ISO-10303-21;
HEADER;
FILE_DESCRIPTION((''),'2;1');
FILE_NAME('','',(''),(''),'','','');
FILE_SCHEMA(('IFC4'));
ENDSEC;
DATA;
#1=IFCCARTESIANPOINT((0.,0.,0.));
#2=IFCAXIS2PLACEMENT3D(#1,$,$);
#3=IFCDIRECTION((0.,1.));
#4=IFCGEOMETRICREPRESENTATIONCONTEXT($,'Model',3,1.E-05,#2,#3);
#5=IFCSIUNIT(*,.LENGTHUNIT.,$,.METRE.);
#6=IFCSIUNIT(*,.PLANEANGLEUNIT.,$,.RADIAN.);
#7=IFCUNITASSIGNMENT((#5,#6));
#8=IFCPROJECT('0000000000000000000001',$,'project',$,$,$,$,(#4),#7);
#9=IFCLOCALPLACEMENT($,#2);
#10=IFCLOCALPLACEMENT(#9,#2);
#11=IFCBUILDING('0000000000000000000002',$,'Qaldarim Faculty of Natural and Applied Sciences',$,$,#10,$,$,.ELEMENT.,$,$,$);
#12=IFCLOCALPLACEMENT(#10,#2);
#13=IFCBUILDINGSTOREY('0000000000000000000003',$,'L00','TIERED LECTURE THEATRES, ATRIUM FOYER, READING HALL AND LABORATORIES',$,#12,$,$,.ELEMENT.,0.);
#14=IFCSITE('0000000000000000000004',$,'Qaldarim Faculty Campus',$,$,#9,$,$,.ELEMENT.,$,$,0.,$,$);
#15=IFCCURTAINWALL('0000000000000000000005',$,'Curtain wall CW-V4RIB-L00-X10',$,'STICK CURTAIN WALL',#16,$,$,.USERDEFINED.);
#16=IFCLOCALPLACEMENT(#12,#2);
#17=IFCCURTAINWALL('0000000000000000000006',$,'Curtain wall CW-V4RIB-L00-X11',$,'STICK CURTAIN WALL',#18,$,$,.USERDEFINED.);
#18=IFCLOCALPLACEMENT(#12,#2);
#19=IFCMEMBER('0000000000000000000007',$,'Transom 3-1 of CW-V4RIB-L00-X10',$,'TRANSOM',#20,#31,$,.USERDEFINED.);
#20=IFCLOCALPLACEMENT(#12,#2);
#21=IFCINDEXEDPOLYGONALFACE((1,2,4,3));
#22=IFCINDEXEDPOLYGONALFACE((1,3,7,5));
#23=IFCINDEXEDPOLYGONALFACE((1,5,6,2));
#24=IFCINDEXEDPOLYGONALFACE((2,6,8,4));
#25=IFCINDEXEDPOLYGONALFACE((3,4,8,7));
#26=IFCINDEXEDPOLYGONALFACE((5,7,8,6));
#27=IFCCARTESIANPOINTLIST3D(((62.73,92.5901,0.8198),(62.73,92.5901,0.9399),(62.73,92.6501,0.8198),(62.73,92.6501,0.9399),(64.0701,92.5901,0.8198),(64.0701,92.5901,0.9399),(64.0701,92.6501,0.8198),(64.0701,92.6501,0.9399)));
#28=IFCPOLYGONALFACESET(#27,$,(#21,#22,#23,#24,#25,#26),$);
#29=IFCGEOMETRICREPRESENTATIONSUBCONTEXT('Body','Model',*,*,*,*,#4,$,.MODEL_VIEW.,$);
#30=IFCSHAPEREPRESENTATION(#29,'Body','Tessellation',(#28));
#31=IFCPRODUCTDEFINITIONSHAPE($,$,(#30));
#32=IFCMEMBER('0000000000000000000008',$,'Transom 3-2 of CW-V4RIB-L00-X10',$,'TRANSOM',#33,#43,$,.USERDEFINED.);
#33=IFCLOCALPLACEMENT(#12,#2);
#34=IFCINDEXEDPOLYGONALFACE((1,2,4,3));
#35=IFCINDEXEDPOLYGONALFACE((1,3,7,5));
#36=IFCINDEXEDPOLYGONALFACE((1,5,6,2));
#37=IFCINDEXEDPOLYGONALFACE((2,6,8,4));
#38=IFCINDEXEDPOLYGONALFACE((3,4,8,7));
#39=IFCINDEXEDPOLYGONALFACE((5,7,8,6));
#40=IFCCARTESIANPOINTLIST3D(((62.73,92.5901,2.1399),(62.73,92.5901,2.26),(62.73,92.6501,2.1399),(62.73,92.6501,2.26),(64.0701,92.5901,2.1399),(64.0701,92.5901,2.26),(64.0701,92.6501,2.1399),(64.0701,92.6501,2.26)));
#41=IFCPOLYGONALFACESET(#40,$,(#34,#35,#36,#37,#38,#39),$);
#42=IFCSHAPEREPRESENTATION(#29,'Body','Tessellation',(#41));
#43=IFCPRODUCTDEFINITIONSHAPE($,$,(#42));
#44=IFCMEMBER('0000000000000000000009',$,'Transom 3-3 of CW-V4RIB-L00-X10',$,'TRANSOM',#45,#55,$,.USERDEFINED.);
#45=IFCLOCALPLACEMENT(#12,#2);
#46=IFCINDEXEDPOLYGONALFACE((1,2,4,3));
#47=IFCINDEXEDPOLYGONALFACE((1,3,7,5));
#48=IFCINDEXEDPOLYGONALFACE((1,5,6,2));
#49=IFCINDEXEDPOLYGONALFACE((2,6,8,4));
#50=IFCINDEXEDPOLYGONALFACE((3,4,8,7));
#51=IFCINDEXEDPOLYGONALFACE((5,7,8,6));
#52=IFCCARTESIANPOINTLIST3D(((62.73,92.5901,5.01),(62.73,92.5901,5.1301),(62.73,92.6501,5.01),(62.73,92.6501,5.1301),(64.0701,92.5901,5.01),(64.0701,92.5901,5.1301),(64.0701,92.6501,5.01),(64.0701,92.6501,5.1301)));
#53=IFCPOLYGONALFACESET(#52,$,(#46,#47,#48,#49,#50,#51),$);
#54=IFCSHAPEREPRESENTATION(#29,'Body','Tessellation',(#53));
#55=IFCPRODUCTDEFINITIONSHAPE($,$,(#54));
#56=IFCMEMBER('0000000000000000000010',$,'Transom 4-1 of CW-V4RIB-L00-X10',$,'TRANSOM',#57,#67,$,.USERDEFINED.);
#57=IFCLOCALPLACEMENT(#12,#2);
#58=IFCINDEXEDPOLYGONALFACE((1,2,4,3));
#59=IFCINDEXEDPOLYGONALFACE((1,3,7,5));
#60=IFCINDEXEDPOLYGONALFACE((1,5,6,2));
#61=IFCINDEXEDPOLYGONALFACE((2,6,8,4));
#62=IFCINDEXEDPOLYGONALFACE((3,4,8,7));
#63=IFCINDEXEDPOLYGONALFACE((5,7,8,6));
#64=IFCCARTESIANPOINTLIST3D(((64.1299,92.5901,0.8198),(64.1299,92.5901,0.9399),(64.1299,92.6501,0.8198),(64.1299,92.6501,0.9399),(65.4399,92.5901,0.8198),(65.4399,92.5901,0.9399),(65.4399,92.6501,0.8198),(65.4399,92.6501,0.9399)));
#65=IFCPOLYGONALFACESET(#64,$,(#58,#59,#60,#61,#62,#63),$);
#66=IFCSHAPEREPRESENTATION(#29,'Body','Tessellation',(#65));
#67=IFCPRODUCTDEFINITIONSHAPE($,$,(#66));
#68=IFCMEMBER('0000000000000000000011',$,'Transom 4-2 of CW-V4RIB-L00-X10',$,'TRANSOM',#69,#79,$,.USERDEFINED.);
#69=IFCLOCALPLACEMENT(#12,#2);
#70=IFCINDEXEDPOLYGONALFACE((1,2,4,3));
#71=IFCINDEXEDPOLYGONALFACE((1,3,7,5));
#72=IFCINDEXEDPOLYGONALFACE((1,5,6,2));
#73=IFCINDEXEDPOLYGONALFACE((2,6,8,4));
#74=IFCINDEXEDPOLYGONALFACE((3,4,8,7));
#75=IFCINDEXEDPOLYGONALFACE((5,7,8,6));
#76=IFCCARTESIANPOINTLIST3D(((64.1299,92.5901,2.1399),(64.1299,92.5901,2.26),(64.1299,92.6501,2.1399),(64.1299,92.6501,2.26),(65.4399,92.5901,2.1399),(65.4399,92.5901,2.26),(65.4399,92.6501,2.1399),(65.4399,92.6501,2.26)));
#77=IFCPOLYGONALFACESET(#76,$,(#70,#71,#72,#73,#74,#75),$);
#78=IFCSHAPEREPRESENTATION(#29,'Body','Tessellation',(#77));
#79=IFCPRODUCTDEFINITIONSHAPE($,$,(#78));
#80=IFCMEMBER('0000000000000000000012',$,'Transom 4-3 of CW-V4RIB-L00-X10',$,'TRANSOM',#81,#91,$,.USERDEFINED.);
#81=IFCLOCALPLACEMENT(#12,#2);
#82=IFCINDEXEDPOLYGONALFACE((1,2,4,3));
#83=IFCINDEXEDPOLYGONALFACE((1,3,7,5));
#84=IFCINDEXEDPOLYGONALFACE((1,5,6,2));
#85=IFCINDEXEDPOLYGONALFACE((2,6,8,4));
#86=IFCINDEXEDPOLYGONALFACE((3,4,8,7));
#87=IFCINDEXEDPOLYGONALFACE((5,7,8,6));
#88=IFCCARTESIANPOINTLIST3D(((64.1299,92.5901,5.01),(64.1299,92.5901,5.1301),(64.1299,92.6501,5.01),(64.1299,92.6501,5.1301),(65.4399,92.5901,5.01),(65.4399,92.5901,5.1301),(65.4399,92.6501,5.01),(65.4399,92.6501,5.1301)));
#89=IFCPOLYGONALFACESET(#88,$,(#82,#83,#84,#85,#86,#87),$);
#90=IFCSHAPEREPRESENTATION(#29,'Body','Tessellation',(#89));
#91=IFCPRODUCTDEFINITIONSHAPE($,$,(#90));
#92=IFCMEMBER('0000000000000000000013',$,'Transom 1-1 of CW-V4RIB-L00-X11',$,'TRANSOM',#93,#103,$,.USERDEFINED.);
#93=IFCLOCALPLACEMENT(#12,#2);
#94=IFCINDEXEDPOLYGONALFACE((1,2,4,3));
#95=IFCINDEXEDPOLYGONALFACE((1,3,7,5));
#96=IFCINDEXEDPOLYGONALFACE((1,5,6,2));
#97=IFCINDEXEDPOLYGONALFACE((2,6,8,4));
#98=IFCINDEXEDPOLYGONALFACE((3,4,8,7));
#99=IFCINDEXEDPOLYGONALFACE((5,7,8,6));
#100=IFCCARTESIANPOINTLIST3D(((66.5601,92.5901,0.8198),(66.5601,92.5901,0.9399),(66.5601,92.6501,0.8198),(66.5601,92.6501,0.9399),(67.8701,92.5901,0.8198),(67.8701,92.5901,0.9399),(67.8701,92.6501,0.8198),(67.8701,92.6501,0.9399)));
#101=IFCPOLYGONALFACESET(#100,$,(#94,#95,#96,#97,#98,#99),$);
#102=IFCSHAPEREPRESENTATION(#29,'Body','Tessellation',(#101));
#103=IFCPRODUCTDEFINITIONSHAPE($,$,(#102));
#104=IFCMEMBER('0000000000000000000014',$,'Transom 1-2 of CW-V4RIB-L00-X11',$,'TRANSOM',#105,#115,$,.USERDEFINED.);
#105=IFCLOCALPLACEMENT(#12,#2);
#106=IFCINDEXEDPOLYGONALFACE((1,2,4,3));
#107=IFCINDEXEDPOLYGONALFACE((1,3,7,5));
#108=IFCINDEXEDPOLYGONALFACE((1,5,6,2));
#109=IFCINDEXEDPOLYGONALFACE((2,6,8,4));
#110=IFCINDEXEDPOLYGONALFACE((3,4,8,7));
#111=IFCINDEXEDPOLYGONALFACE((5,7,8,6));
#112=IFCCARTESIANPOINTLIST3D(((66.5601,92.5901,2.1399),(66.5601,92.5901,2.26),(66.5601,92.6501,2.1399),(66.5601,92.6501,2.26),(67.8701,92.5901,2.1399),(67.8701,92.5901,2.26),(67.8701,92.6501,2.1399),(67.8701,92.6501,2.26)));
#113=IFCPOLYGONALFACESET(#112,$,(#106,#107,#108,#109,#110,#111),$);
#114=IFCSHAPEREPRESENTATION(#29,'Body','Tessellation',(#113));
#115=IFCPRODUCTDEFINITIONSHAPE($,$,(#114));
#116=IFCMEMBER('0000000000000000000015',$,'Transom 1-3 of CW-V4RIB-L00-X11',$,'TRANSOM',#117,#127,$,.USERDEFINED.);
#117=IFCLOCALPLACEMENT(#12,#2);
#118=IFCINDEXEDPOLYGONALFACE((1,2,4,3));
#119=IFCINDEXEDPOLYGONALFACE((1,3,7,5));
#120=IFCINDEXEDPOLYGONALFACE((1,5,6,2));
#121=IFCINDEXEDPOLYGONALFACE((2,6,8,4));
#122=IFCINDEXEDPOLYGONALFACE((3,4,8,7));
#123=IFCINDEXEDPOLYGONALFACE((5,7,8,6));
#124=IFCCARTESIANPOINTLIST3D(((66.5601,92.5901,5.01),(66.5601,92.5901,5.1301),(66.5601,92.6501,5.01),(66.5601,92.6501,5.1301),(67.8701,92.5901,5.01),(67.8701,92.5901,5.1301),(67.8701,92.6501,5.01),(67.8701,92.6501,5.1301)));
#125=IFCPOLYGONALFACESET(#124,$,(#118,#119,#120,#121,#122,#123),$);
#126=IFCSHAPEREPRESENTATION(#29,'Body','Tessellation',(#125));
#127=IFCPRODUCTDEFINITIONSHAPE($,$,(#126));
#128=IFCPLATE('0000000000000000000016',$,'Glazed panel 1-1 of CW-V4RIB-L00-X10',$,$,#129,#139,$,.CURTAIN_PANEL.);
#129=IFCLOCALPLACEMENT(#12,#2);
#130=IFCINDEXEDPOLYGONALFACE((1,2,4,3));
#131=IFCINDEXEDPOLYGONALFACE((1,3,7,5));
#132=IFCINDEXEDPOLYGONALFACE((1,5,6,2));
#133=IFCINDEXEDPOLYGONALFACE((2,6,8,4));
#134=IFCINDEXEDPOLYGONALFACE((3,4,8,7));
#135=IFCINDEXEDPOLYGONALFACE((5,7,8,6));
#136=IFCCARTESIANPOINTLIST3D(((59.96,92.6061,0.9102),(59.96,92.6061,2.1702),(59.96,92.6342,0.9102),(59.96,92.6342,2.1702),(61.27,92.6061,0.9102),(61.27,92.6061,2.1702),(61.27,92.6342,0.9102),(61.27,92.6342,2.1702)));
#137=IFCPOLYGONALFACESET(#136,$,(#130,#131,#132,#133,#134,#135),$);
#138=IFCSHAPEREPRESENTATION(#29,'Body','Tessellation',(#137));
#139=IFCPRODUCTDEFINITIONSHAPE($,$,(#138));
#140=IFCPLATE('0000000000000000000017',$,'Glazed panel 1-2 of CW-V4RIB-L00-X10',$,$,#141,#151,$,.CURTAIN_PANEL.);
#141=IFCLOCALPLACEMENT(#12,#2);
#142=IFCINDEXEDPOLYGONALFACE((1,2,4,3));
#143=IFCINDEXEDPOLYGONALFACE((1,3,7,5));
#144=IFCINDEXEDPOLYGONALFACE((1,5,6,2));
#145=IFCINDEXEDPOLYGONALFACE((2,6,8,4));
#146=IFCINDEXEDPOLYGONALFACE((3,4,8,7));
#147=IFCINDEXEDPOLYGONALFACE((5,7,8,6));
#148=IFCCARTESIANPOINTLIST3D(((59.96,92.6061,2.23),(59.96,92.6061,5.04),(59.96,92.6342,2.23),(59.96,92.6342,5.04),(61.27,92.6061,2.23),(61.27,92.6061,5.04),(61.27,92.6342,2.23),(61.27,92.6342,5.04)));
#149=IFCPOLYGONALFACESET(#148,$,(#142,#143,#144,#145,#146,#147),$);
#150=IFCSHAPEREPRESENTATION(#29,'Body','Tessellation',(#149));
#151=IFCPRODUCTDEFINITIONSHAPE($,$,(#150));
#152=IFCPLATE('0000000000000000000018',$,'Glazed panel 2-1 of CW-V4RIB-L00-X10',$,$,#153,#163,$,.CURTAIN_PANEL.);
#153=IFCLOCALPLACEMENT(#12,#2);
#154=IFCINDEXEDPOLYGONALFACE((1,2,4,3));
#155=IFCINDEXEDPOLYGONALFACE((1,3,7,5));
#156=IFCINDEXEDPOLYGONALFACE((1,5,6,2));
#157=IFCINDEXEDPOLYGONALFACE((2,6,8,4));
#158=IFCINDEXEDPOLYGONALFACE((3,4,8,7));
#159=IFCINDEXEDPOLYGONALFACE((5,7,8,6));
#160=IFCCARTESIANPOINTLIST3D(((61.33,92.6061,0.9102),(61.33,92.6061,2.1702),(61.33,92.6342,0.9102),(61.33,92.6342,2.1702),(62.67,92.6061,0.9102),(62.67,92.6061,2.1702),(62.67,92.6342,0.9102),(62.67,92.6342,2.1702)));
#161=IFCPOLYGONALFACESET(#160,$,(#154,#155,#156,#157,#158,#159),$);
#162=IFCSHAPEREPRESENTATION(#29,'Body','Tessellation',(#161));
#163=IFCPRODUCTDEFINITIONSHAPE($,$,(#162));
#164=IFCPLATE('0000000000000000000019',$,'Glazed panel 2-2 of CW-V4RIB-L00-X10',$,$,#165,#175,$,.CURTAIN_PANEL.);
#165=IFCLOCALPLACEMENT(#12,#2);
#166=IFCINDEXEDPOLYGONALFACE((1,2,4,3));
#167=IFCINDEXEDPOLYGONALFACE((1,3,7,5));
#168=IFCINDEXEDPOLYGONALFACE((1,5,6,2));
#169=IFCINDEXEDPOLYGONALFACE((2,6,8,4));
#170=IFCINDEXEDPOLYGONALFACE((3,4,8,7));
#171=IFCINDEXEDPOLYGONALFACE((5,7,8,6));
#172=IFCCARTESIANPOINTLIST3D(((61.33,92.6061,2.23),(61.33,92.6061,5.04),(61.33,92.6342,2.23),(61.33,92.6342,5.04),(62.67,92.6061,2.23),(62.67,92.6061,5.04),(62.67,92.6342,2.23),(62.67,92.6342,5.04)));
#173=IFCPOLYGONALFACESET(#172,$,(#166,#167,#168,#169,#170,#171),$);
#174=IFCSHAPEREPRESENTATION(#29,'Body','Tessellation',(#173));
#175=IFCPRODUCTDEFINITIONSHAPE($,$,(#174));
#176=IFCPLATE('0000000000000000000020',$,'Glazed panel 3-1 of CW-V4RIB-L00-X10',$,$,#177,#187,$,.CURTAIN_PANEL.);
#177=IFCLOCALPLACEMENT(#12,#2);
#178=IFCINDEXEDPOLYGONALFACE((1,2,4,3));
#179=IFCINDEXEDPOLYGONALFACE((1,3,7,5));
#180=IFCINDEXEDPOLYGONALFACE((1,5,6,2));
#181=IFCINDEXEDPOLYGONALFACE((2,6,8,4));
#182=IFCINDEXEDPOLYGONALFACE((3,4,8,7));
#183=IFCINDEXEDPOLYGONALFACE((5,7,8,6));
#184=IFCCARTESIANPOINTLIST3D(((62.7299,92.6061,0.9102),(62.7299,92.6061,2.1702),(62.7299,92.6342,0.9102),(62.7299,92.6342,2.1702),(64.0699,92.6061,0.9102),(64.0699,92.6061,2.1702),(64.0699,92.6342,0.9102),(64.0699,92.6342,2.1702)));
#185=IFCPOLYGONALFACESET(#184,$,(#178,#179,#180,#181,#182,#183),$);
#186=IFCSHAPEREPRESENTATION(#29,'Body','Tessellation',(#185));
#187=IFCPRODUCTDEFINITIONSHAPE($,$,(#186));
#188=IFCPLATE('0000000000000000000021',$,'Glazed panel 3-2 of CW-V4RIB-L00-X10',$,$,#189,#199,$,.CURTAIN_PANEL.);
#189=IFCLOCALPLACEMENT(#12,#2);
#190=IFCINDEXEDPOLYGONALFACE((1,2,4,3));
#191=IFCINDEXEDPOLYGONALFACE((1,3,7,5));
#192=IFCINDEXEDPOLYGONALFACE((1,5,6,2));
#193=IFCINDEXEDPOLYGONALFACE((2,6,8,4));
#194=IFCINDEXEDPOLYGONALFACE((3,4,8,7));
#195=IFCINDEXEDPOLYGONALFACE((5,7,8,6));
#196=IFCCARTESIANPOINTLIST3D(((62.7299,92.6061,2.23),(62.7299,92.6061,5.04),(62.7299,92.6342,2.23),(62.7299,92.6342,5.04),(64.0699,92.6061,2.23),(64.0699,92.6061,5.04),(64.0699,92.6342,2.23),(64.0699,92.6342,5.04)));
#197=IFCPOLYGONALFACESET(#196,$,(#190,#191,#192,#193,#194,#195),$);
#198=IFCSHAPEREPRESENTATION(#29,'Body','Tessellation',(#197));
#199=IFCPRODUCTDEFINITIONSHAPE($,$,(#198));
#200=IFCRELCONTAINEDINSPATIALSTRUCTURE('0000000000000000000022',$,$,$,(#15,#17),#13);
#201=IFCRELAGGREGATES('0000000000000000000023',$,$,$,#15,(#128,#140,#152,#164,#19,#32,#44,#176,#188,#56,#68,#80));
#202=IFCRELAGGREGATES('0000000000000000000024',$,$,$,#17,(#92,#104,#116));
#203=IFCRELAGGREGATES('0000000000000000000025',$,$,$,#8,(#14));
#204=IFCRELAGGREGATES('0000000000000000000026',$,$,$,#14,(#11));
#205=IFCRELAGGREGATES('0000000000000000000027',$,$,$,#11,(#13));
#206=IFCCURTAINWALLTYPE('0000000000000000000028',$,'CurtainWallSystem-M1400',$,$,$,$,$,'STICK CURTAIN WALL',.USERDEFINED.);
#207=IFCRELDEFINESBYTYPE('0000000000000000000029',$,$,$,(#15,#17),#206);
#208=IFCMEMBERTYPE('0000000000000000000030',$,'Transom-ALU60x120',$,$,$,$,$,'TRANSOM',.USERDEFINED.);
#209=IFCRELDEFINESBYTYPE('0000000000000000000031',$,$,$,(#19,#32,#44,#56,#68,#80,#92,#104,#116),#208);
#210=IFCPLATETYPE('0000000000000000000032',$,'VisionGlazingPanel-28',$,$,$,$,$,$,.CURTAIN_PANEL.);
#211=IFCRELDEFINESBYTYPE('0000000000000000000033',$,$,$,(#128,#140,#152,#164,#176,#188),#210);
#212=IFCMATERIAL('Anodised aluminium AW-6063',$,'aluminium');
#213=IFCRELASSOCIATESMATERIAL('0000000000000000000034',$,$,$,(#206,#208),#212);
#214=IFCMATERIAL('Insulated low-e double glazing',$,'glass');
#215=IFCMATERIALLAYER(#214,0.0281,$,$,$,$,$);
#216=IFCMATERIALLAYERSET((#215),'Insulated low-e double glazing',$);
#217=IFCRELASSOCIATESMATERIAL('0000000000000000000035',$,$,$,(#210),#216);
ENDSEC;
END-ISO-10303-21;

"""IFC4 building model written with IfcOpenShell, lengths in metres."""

from ifc_helpers import new_model, si_unit, direction, frame, origin, origin_2d, place, context, subcontext, project, spatial, rectangle, extrude, material, layer, layer_set, material_profile, profile_set, type_object, element, aggregate, save


model = new_model("IFC4")

# Units and contexts
model_context = context("Model", 3, precision=1e-05, world=origin(), true_north=direction((0.0, 1.0)))
body_context = subcontext(model_context, "Body", "Model", "MODEL_VIEW")
ifc_project = project(units=[si_unit("LENGTHUNIT", "METRE"), si_unit("PLANEANGLEUNIT", "RADIAN")], contexts=[model_context])

# Site, building, storey
site_placement = place(None, origin())
site = spatial("IfcSite", under=ifc_project, at=site_placement, Name="Qaldarim Faculty Campus", CompositionType="ELEMENT", RefElevation=0.0)
building_placement = place(site_placement, origin())
building = spatial("IfcBuilding", under=site, at=building_placement, Name="Qaldarim Faculty of Natural and Applied Sciences", CompositionType="ELEMENT")
storey_placement = place(building_placement, origin())
storey = spatial("IfcBuildingStorey", under=building, at=storey_placement, Name="L00", Description="TIERED LECTURE THEATRES, ATRIUM FOYER, READING HALL AND LABORATORIES", CompositionType="ELEMENT", Elevation=0.0)

# Curtain wall
ifc_material_1 = material(Name="Anodised aluminium AW-6063", Category="aluminium")
curtain_wall_type = type_object("IfcCurtainWallType", Name="CurtainWallSystem-M1400", ElementType="STICK CURTAIN WALL", PredefinedType="USERDEFINED", material=ifc_material_1)
curtain_wall_1_placement = place(storey_placement, origin())
curtain_wall_1 = element("IfcCurtainWall", 1, at=curtain_wall_1_placement, inside=storey, type_object=curtain_wall_type, Name="Curtain wall CW-V4RIB-L00-X10", ObjectType="STICK CURTAIN WALL", PredefinedType="USERDEFINED")

# Curtain wall
curtain_wall_2_placement = place(storey_placement, origin())
curtain_wall_2 = element("IfcCurtainWall", 2, at=curtain_wall_2_placement, inside=storey, type_object=curtain_wall_type, Name="Curtain wall CW-V4RIB-L00-X11", ObjectType="STICK CURTAIN WALL", PredefinedType="USERDEFINED")

# Members
ifc_material_profile_1 = material_profile(ifc_material_1, rectangle(XDim=0.0601, YDim=0.1201, at=origin_2d()), Name="ALU-T60x120")
ifc_profile_set_1 = profile_set([ifc_material_profile_1], Name="Anodised aluminium AW-6063")
member_type_1 = type_object("IfcMemberType", Name="Transom-ALU60x120", ElementType="TRANSOM", PredefinedType="USERDEFINED", material=ifc_profile_set_1)
member_1_placement = place(storey_placement, frame((62.73, 92.6201, 0.8799), z_axis=(1.0, 0.0, 0.0), x_axis=(0.0, 1.0, 0.0)))
member_1 = element("IfcMember", 3, at=member_1_placement, type_object=member_type_1, Name="Transom 3-1 of CW-V4RIB-L00-X10", ObjectType="TRANSOM", PredefinedType="USERDEFINED", context=body_context, shape_type="SweptSolid", body=[
    extrude(rectangle(XDim=0.0601, YDim=0.1201, at=origin_2d()), origin(), (0.0, 0.0, 1.0), 1.3401),
])
member_2_placement = place(storey_placement, frame((62.73, 92.6201, 2.2), z_axis=(1.0, 0.0, 0.0), x_axis=(0.0, 1.0, 0.0)))
member_2 = element("IfcMember", 4, at=member_2_placement, type_object=member_type_1, Name="Transom 3-2 of CW-V4RIB-L00-X10", ObjectType="TRANSOM", PredefinedType="USERDEFINED", context=body_context, shape_type="SweptSolid", body=[
    extrude(rectangle(XDim=0.0601, YDim=0.1201, at=origin_2d()), origin(), (0.0, 0.0, 1.0), 1.3401),
])
member_3_placement = place(storey_placement, frame((62.73, 92.6201, 5.0701), z_axis=(1.0, 0.0, 0.0), x_axis=(0.0, 1.0, 0.0)))
member_3 = element("IfcMember", 5, at=member_3_placement, type_object=member_type_1, Name="Transom 3-3 of CW-V4RIB-L00-X10", ObjectType="TRANSOM", PredefinedType="USERDEFINED", context=body_context, shape_type="SweptSolid", body=[
    extrude(rectangle(XDim=0.0601, YDim=0.1201, at=origin_2d()), origin(), (0.0, 0.0, 1.0), 1.3401),
])
member_4_placement = place(storey_placement, frame((64.1299, 92.6201, 0.8799), z_axis=(1.0, 0.0, 0.0), x_axis=(0.0, 1.0, 0.0)))
member_4 = element("IfcMember", 6, at=member_4_placement, type_object=member_type_1, Name="Transom 4-1 of CW-V4RIB-L00-X10", ObjectType="TRANSOM", PredefinedType="USERDEFINED", context=body_context, shape_type="SweptSolid", body=[
    extrude(rectangle(XDim=0.0601, YDim=0.1201, at=origin_2d()), origin(), (0.0, 0.0, 1.0), 1.3101),
])
member_5_placement = place(storey_placement, frame((64.1299, 92.6201, 2.2), z_axis=(1.0, 0.0, 0.0), x_axis=(0.0, 1.0, 0.0)))
member_5 = element("IfcMember", 7, at=member_5_placement, type_object=member_type_1, Name="Transom 4-2 of CW-V4RIB-L00-X10", ObjectType="TRANSOM", PredefinedType="USERDEFINED", context=body_context, shape_type="SweptSolid", body=[
    extrude(rectangle(XDim=0.0601, YDim=0.1201, at=origin_2d()), origin(), (0.0, 0.0, 1.0), 1.3101),
])
member_6_placement = place(storey_placement, frame((64.1299, 92.6201, 5.0701), z_axis=(1.0, 0.0, 0.0), x_axis=(0.0, 1.0, 0.0)))
member_6 = element("IfcMember", 8, at=member_6_placement, type_object=member_type_1, Name="Transom 4-3 of CW-V4RIB-L00-X10", ObjectType="TRANSOM", PredefinedType="USERDEFINED", context=body_context, shape_type="SweptSolid", body=[
    extrude(rectangle(XDim=0.0601, YDim=0.1201, at=origin_2d()), origin(), (0.0, 0.0, 1.0), 1.3101),
])
member_7_placement = place(storey_placement, frame((66.5601, 92.6201, 0.8799), z_axis=(1.0, 0.0, 0.0), x_axis=(0.0, 1.0, 0.0)))
member_7 = element("IfcMember", 9, at=member_7_placement, type_object=member_type_1, Name="Transom 1-1 of CW-V4RIB-L00-X11", ObjectType="TRANSOM", PredefinedType="USERDEFINED", context=body_context, shape_type="SweptSolid", body=[
    extrude(rectangle(XDim=0.0601, YDim=0.1201, at=origin_2d()), origin(), (0.0, 0.0, 1.0), 1.3101),
])
member_8_placement = place(storey_placement, frame((66.5601, 92.6201, 2.2), z_axis=(1.0, 0.0, 0.0), x_axis=(0.0, 1.0, 0.0)))
member_8 = element("IfcMember", 10, at=member_8_placement, type_object=member_type_1, Name="Transom 1-2 of CW-V4RIB-L00-X11", ObjectType="TRANSOM", PredefinedType="USERDEFINED", context=body_context, shape_type="SweptSolid", body=[
    extrude(rectangle(XDim=0.0601, YDim=0.1201, at=origin_2d()), origin(), (0.0, 0.0, 1.0), 1.3101),
])
member_9_placement = place(storey_placement, frame((66.5601, 92.6201, 5.0701), z_axis=(1.0, 0.0, 0.0), x_axis=(0.0, 1.0, 0.0)))
member_9 = element("IfcMember", 11, at=member_9_placement, type_object=member_type_1, Name="Transom 1-3 of CW-V4RIB-L00-X11", ObjectType="TRANSOM", PredefinedType="USERDEFINED", context=body_context, shape_type="SweptSolid", body=[
    extrude(rectangle(XDim=0.0601, YDim=0.1201, at=origin_2d()), origin(), (0.0, 0.0, 1.0), 1.3101),
])

# Plates
ifc_material_2 = material(Name="Insulated low-e double glazing", Category="glass")
ifc_layer_1 = layer(ifc_material_2, 0.0281)
ifc_layer_set_1 = layer_set([ifc_layer_1], Name="Insulated low-e double glazing")
plate_type = type_object("IfcPlateType", Name="VisionGlazingPanel-28", PredefinedType="CURTAIN_PANEL", material=ifc_layer_set_1)
plate_1_placement = place(storey_placement, frame((60.615, 92.6201, 0.9102), z_axis=(0.0, 0.0, 1.0), x_axis=(1.0, 0.0, 0.0)))
plate_1 = element("IfcPlate", 12, at=plate_1_placement, type_object=plate_type, Name="Glazed panel 1-1 of CW-V4RIB-L00-X10", PredefinedType="CURTAIN_PANEL", context=body_context, shape_type="SweptSolid", body=[
    extrude(rectangle(XDim=1.3101, YDim=0.0281, at=origin_2d()), origin(), (0.0, 0.0, 1.0), 1.26),
])
plate_2_placement = place(storey_placement, frame((60.615, 92.6201, 2.23), z_axis=(0.0, 0.0, 1.0), x_axis=(1.0, 0.0, 0.0)))
plate_2 = element("IfcPlate", 13, at=plate_2_placement, type_object=plate_type, Name="Glazed panel 1-2 of CW-V4RIB-L00-X10", PredefinedType="CURTAIN_PANEL", context=body_context, shape_type="SweptSolid", body=[
    extrude(rectangle(XDim=1.3101, YDim=0.0281, at=origin_2d()), origin(), (0.0, 0.0, 1.0), 2.8101),
])
plate_3_placement = place(storey_placement, frame((62.0, 92.6201, 0.9102), z_axis=(0.0, 0.0, 1.0), x_axis=(1.0, 0.0, 0.0)))
plate_3 = element("IfcPlate", 14, at=plate_3_placement, type_object=plate_type, Name="Glazed panel 2-1 of CW-V4RIB-L00-X10", PredefinedType="CURTAIN_PANEL", context=body_context, shape_type="SweptSolid", body=[
    extrude(rectangle(XDim=1.3401, YDim=0.0281, at=origin_2d()), origin(), (0.0, 0.0, 1.0), 1.26),
])
plate_4_placement = place(storey_placement, frame((62.0, 92.6201, 2.23), z_axis=(0.0, 0.0, 1.0), x_axis=(1.0, 0.0, 0.0)))
plate_4 = element("IfcPlate", 15, at=plate_4_placement, type_object=plate_type, Name="Glazed panel 2-2 of CW-V4RIB-L00-X10", PredefinedType="CURTAIN_PANEL", context=body_context, shape_type="SweptSolid", body=[
    extrude(rectangle(XDim=1.3401, YDim=0.0281, at=origin_2d()), origin(), (0.0, 0.0, 1.0), 2.8101),
])
plate_5_placement = place(storey_placement, frame((63.3999, 92.6201, 0.9102), z_axis=(0.0, 0.0, 1.0), x_axis=(1.0, 0.0, 0.0)))
plate_5 = element("IfcPlate", 16, at=plate_5_placement, type_object=plate_type, Name="Glazed panel 3-1 of CW-V4RIB-L00-X10", PredefinedType="CURTAIN_PANEL", context=body_context, shape_type="SweptSolid", body=[
    extrude(rectangle(XDim=1.3401, YDim=0.0281, at=origin_2d()), origin(), (0.0, 0.0, 1.0), 1.26),
])
plate_6_placement = place(storey_placement, frame((63.3999, 92.6201, 2.23), z_axis=(0.0, 0.0, 1.0), x_axis=(1.0, 0.0, 0.0)))
plate_6 = element("IfcPlate", 17, at=plate_6_placement, type_object=plate_type, Name="Glazed panel 3-2 of CW-V4RIB-L00-X10", PredefinedType="CURTAIN_PANEL", context=body_context, shape_type="SweptSolid", body=[
    extrude(rectangle(XDim=1.3401, YDim=0.0281, at=origin_2d()), origin(), (0.0, 0.0, 1.0), 2.8101),
])
aggregate(curtain_wall_1, [plate_1, plate_2, plate_3, plate_4, member_1, member_2, member_3, plate_5, plate_6, member_4, member_5, member_6])
aggregate(curtain_wall_2, [member_7, member_8, member_9])

save(model, "model.ifc")
